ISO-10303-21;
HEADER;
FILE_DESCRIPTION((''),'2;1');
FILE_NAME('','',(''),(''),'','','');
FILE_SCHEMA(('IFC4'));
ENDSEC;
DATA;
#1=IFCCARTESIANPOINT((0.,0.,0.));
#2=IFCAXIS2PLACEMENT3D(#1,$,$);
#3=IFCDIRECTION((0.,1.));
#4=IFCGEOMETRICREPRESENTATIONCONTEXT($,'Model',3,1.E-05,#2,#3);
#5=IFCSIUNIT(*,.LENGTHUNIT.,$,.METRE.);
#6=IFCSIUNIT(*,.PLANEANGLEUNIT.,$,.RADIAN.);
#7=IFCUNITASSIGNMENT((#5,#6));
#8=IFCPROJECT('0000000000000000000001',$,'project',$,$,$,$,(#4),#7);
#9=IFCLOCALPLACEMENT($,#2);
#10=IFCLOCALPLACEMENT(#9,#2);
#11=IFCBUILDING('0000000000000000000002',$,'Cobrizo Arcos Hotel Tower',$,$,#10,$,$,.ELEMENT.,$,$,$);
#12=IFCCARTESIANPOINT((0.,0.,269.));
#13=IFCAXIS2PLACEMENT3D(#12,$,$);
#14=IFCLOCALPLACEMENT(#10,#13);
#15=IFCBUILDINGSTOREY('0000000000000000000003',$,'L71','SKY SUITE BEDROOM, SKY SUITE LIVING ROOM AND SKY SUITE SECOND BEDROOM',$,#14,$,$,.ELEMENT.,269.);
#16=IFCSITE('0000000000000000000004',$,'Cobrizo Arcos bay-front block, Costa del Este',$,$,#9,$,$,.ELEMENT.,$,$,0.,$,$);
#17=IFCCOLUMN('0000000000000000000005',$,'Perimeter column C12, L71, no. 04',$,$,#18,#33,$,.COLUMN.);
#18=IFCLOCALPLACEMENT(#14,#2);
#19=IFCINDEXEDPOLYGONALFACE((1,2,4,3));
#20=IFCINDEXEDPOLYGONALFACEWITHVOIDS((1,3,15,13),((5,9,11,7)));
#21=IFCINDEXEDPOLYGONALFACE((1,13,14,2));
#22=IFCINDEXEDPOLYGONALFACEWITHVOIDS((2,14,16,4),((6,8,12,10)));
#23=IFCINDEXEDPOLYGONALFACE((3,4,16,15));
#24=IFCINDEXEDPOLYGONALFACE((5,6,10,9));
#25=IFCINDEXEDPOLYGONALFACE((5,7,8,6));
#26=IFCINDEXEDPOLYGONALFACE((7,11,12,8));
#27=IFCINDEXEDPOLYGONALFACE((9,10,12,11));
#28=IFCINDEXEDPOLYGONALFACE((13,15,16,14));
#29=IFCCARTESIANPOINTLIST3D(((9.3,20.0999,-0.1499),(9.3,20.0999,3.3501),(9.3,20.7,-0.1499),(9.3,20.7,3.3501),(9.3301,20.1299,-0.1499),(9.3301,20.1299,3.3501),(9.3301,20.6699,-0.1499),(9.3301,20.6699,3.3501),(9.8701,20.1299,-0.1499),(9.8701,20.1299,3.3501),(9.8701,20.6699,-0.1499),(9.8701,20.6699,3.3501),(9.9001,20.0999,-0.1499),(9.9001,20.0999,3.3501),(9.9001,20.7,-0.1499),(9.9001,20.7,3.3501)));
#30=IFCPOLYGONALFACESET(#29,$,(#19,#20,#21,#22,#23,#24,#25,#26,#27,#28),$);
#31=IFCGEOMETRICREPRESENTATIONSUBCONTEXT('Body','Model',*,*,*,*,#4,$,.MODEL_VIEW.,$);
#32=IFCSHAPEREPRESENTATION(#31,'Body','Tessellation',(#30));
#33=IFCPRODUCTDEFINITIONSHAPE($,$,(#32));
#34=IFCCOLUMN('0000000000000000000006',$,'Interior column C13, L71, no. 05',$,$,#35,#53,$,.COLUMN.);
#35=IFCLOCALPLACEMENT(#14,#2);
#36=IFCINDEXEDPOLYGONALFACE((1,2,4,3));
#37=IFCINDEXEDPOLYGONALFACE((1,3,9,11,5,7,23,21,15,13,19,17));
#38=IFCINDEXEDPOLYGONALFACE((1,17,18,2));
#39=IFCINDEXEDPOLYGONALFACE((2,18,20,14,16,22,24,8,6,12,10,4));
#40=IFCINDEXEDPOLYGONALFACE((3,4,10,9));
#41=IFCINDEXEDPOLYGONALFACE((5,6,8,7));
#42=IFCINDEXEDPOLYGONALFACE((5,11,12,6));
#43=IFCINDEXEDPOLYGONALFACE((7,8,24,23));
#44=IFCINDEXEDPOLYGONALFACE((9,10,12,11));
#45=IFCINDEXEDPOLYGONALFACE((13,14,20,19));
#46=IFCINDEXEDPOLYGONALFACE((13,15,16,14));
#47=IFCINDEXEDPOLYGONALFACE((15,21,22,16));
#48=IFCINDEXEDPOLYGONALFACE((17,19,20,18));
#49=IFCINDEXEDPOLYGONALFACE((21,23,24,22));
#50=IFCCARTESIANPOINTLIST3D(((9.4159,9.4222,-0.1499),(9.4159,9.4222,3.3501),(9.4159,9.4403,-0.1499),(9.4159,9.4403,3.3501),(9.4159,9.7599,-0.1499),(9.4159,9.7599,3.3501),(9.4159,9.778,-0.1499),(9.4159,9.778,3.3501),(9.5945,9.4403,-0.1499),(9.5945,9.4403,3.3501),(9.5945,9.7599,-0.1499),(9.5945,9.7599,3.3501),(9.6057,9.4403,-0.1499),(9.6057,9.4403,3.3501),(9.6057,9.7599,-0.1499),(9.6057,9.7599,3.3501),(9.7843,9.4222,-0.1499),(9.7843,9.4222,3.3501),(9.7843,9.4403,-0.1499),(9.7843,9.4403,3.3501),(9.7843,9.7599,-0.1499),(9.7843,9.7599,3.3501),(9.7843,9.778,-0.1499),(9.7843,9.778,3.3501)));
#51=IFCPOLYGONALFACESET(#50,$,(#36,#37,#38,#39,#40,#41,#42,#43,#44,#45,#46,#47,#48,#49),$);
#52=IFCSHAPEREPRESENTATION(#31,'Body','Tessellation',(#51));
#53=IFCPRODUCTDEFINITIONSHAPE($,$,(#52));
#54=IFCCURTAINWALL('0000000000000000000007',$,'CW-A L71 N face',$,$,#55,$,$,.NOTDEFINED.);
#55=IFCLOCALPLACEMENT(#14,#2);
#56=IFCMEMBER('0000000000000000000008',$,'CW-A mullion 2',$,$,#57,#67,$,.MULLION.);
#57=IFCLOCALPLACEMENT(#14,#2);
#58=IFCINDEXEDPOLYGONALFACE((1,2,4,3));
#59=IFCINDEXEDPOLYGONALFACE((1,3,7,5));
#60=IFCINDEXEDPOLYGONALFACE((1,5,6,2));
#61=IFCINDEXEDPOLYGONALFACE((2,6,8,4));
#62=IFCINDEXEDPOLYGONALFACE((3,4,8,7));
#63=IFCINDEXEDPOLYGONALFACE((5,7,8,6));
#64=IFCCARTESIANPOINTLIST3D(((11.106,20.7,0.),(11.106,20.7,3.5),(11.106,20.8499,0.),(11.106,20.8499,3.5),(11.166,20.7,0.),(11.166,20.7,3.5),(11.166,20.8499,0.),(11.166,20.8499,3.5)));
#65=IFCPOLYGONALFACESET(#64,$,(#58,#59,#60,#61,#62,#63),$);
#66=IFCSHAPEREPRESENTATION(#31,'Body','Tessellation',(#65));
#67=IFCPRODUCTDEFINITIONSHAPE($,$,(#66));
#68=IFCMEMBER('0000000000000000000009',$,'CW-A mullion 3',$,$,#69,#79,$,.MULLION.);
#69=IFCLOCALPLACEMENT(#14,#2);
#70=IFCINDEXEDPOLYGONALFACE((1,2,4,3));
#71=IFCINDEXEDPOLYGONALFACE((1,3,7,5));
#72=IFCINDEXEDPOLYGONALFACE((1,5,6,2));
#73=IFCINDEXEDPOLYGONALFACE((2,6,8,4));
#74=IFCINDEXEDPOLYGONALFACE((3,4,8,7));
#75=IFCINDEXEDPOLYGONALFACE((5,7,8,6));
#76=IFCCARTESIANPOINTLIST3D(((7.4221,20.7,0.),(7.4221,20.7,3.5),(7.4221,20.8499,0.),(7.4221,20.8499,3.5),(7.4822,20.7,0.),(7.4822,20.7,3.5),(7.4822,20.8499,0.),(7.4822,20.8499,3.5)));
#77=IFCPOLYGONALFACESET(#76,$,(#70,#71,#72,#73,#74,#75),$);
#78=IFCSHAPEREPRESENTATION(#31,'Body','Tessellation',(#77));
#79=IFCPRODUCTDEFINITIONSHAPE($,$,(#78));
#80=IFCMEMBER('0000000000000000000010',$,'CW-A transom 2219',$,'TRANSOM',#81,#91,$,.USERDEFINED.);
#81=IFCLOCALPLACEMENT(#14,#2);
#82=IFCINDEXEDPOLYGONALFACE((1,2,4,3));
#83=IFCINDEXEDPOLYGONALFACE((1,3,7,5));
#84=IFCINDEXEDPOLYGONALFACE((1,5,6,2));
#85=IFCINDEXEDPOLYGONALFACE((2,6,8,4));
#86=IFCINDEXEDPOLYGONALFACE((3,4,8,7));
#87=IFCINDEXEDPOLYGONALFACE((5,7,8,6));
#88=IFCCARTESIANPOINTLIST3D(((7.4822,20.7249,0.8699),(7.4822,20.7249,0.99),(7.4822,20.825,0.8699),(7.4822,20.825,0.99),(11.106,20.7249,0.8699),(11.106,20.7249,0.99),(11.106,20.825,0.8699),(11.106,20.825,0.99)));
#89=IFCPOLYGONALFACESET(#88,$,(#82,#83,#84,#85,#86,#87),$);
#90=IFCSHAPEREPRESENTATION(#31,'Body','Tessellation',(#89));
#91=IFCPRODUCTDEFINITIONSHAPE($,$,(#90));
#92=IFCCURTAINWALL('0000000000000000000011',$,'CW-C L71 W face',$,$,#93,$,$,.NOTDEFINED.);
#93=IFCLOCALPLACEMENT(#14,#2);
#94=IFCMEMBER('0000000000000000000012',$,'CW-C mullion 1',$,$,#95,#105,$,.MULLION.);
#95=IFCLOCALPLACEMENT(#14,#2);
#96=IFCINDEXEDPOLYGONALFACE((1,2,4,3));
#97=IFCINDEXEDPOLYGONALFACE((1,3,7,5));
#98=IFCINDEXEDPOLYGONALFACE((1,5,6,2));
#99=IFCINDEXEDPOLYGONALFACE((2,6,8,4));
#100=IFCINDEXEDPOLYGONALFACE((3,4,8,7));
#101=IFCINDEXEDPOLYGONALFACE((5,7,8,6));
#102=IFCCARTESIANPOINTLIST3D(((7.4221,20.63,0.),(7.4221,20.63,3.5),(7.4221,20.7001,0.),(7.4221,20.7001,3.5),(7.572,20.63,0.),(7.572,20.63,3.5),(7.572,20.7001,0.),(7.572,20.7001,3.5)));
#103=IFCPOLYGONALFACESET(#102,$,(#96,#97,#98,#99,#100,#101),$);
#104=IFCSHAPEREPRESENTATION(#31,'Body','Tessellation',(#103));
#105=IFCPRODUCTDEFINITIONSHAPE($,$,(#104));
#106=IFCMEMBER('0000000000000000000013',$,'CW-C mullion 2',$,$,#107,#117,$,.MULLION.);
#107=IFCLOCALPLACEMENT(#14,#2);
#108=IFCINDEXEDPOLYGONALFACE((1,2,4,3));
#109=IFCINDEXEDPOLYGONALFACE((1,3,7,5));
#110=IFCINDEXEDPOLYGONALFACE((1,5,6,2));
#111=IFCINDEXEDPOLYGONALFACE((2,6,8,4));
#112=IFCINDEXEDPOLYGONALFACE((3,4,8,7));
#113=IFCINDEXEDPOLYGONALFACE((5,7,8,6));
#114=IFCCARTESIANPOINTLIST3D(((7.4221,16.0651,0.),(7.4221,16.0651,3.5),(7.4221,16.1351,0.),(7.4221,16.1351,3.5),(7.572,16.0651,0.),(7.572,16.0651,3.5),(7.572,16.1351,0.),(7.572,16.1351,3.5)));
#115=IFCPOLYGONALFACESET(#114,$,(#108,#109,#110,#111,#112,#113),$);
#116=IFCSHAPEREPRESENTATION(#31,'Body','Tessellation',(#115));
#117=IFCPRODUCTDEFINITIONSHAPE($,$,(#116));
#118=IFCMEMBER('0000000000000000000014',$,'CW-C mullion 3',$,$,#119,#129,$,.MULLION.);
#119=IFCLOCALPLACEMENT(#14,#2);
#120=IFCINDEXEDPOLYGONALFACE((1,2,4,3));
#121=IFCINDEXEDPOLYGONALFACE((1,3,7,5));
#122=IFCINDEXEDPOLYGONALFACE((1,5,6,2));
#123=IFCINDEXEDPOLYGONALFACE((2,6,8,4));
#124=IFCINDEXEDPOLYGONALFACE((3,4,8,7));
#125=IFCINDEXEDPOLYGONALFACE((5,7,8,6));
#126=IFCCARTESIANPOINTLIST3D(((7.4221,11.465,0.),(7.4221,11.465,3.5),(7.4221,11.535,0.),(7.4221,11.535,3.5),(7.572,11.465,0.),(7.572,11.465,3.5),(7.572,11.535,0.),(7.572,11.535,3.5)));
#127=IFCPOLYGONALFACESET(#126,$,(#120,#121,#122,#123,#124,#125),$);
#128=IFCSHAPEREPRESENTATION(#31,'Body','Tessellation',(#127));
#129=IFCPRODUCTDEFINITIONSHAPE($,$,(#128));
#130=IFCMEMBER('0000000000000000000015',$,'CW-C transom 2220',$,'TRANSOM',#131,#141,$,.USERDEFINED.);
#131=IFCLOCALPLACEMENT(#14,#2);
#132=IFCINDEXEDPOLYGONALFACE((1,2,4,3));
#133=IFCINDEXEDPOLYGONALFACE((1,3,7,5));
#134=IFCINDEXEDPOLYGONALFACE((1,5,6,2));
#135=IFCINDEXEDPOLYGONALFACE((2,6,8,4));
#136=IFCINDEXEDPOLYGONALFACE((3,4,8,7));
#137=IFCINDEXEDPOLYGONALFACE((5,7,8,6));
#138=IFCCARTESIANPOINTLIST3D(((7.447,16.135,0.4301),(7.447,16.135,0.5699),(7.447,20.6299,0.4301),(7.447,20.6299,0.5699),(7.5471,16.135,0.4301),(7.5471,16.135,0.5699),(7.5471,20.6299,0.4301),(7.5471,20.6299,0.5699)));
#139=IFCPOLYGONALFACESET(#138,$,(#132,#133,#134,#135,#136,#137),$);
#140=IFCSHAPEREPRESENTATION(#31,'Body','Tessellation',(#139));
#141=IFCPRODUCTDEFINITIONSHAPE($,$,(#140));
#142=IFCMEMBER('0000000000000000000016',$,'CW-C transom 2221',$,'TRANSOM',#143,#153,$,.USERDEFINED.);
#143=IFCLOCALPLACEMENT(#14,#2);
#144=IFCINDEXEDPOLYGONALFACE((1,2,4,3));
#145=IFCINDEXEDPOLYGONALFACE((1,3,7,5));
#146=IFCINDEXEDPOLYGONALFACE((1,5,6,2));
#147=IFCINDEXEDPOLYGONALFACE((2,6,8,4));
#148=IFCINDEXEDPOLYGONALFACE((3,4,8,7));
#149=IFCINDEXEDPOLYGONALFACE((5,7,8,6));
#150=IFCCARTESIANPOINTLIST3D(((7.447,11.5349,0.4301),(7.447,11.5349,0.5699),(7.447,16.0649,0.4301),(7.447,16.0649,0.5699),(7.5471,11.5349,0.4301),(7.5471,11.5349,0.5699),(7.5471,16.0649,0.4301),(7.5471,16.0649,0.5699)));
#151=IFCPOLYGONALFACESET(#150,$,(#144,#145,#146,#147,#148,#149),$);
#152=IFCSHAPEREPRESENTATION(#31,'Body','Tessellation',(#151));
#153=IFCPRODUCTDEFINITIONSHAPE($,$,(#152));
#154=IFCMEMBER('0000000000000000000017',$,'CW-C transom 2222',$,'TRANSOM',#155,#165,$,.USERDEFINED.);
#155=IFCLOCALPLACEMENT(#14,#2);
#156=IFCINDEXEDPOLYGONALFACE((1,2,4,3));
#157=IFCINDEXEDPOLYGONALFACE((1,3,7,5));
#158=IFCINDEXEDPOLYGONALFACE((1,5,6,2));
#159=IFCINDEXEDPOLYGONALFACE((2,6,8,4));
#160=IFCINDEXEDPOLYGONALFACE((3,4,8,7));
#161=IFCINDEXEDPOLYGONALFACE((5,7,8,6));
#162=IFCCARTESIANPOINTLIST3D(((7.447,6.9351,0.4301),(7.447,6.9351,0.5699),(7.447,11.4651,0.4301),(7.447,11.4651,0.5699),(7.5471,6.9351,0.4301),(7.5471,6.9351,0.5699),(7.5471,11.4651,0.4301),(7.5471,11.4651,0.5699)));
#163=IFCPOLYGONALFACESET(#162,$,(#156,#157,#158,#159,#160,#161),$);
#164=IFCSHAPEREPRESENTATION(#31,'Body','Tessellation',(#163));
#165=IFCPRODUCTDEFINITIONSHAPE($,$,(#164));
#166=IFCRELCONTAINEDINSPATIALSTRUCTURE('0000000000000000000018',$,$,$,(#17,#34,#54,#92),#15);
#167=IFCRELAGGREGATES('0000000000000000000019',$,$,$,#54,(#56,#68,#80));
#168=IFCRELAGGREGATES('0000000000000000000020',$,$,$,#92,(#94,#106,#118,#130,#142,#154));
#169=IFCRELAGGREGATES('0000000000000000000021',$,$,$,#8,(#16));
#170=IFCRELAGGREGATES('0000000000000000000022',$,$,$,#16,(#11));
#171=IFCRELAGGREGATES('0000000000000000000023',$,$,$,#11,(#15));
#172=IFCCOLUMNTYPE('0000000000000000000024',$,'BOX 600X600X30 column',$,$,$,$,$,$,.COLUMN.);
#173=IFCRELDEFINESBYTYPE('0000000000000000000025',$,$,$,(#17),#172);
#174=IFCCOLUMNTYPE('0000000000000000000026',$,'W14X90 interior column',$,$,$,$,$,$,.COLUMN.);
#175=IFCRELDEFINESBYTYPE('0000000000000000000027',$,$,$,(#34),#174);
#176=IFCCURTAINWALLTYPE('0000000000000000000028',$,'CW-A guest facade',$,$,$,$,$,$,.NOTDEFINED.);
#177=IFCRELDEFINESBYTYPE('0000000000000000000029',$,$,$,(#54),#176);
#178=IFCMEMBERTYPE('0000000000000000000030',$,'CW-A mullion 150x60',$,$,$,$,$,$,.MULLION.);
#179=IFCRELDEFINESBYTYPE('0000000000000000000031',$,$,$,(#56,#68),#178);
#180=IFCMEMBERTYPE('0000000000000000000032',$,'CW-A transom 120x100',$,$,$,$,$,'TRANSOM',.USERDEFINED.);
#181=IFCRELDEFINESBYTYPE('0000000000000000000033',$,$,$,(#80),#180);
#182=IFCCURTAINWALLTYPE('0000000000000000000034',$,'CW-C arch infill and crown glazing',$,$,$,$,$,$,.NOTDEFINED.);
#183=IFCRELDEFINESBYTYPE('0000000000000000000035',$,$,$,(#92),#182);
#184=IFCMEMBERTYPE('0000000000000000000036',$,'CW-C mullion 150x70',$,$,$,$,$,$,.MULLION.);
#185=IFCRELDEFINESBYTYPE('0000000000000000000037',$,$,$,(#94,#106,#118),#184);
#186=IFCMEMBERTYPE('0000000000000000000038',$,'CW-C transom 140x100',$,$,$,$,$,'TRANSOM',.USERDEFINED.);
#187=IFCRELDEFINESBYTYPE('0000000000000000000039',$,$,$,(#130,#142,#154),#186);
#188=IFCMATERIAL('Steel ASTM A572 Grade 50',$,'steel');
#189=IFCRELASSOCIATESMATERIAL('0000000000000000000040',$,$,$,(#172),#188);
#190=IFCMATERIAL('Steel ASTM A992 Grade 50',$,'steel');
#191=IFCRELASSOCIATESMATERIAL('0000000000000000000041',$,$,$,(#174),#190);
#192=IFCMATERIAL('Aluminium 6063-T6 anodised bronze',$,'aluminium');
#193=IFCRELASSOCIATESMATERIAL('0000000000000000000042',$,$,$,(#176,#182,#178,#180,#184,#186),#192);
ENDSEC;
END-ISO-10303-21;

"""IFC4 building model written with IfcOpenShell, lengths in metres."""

from ifc_helpers import new_model, si_unit, direction, frame, origin, origin_2d, place, context, subcontext, project, spatial, rectangle, hollow_rectangle, i_section, extrude, material, material_profile, profile_set, type_object, element, aggregate, save


model = new_model("IFC4")

# Units and contexts
model_context = context("Model", 3, precision=1e-05, world=origin(), true_north=direction((0.0, 1.0)))
body_context = subcontext(model_context, "Body", "Model", "MODEL_VIEW")
ifc_project = project(units=[si_unit("LENGTHUNIT", "METRE"), si_unit("PLANEANGLEUNIT", "RADIAN")], contexts=[model_context])

# Site, building, storey
site_placement = place(None, origin())
site = spatial("IfcSite", under=ifc_project, at=site_placement, Name="Cobrizo Arcos bay-front block, Costa del Este", CompositionType="ELEMENT", RefElevation=0.0)
building_placement = place(site_placement, origin())
building = spatial("IfcBuilding", under=site, at=building_placement, Name="Cobrizo Arcos Hotel Tower", CompositionType="ELEMENT")
storey_placement = place(building_placement, frame((0.0, 0.0, 269.0)))
storey = spatial("IfcBuildingStorey", under=building, at=storey_placement, Name="L71", Description="SKY SUITE BEDROOM, SKY SUITE LIVING ROOM AND SKY SUITE SECOND BEDROOM", CompositionType="ELEMENT", Elevation=269.0)

# Columns
ifc_material_1 = material(Name="Steel ASTM A572 Grade 50", Category="steel")
ifc_material_profile_1 = material_profile(ifc_material_1, hollow_rectangle(XDim=0.6001, YDim=0.6001, WallThickness=0.03, at=origin_2d()), Name="BOX 600X600X30")
ifc_profile_set_1 = profile_set([ifc_material_profile_1], Name="Steel ASTM A572 Grade 50")
column_type_1 = type_object("IfcColumnType", Name="BOX 600X600X30 column", PredefinedType="COLUMN", material=ifc_profile_set_1)
column_1_placement = place(storey_placement, frame((9.6001, 20.3999, -0.1499), z_axis=(0.0, 0.0, 1.0), x_axis=(1.0, 0.0, 0.0)))
element("IfcColumn", 1, at=column_1_placement, inside=storey, type_object=column_type_1, Name="Perimeter column C12, L71, no. 04", PredefinedType="COLUMN", context=body_context, shape_type="SweptSolid", body=[
    extrude(hollow_rectangle(XDim=0.6001, YDim=0.6001, WallThickness=0.03, at=origin_2d()), origin(), (0.0, 0.0, 1.0), 3.5),
])
ifc_material_2 = material(Name="Steel ASTM A992 Grade 50", Category="steel")
ifc_material_profile_2 = material_profile(ifc_material_2, i_section(OverallWidth=0.3684, OverallDepth=0.3557, WebThickness=0.0112, FlangeThickness=0.0181, at=origin_2d()), Name="W14X90")
ifc_profile_set_2 = profile_set([ifc_material_profile_2], Name="Steel ASTM A992 Grade 50")
column_type_2 = type_object("IfcColumnType", Name="W14X90 interior column", PredefinedType="COLUMN", material=ifc_profile_set_2)
column_2_placement = place(storey_placement, frame((9.6001, 9.6001, -0.1499), z_axis=(0.0, 0.0, 1.0), x_axis=(1.0, 0.0, 0.0)))
element("IfcColumn", 2, at=column_2_placement, inside=storey, type_object=column_type_2, Name="Interior column C13, L71, no. 05", PredefinedType="COLUMN", context=body_context, shape_type="SweptSolid", body=[
    extrude(i_section(OverallWidth=0.3684, OverallDepth=0.3557, WebThickness=0.0112, FlangeThickness=0.0181, at=origin_2d()), origin(), (0.0, 0.0, 1.0), 3.5),
])

# Curtain walls, members
ifc_material_3 = material(Name="Aluminium 6063-T6 anodised bronze", Category="aluminium")
curtain_wall_type_1 = type_object("IfcCurtainWallType", Name="CW-A guest facade", PredefinedType="NOTDEFINED", material=ifc_material_3)
curtain_wall_1_placement = place(storey_placement, origin())
curtain_wall_1 = element("IfcCurtainWall", 3, at=curtain_wall_1_placement, inside=storey, type_object=curtain_wall_type_1, Name="CW-A L71 N face", PredefinedType="NOTDEFINED")
ifc_material_profile_3 = material_profile(ifc_material_3, rectangle(XDim=0.1499, YDim=0.0601, at=origin_2d()), Name="CW-A mullion 150x60")
ifc_profile_set_3 = profile_set([ifc_material_profile_3], Name="Aluminium 6063-T6 anodised bronze")
member_type_1 = type_object("IfcMemberType", Name="CW-A mullion 150x60", PredefinedType="MULLION", material=ifc_profile_set_3)
member_1_placement = place(storey_placement, frame((11.136, 20.7749, 0.0), z_axis=(0.0, 0.0, 1.0), x_axis=(0.0, 1.0, 0.0)))
member_1 = element("IfcMember", 4, at=member_1_placement, type_object=member_type_1, Name="CW-A mullion 2", PredefinedType="MULLION", context=body_context, shape_type="SweptSolid", body=[
    extrude(rectangle(XDim=0.1499, YDim=0.0601, at=origin_2d()), origin(), (0.0, 0.0, 1.0), 3.5),
])
member_2_placement = place(storey_placement, frame((7.4521, 20.7749, 0.0), z_axis=(0.0, 0.0, 1.0), x_axis=(0.0, 1.0, 0.0)))
member_2 = element("IfcMember", 5, at=member_2_placement, type_object=member_type_1, Name="CW-A mullion 3", PredefinedType="MULLION", context=body_context, shape_type="SweptSolid", body=[
    extrude(rectangle(XDim=0.1499, YDim=0.0601, at=origin_2d()), origin(), (0.0, 0.0, 1.0), 3.5),
])
ifc_material_profile_4 = material_profile(ifc_material_3, rectangle(XDim=0.1001, YDim=0.1201, at=origin_2d()), Name="CW-A transom 120x100")
ifc_profile_set_4 = profile_set([ifc_material_profile_4], Name="Aluminium 6063-T6 anodised bronze")
member_type_2 = type_object("IfcMemberType", Name="CW-A transom 120x100", ElementType="TRANSOM", PredefinedType="USERDEFINED", material=ifc_profile_set_4)
member_3_placement = place(storey_placement, frame((11.106, 20.7749, 0.9299), z_axis=(-1.0, 0.0, 0.0), x_axis=(0.0, -1.0, 0.0)))
member_3 = element("IfcMember", 6, at=member_3_placement, type_object=member_type_2, Name="CW-A transom 2219", ObjectType="TRANSOM", PredefinedType="USERDEFINED", context=body_context, shape_type="SweptSolid", body=[
    extrude(rectangle(XDim=0.1001, YDim=0.1201, at=origin_2d()), origin(), (0.0, 0.0, 1.0), 3.6238),
])
curtain_wall_type_2 = type_object("IfcCurtainWallType", Name="CW-C arch infill and crown glazing", PredefinedType="NOTDEFINED", material=ifc_material_3)
curtain_wall_2_placement = place(storey_placement, origin())
curtain_wall_2 = element("IfcCurtainWall", 7, at=curtain_wall_2_placement, inside=storey, type_object=curtain_wall_type_2, Name="CW-C L71 W face", PredefinedType="NOTDEFINED")
ifc_material_profile_5 = material_profile(ifc_material_3, rectangle(XDim=0.1499, YDim=0.0701, at=origin_2d()), Name="CW-C mullion 150x70")
ifc_profile_set_5 = profile_set([ifc_material_profile_5], Name="Aluminium 6063-T6 anodised bronze")
member_type_3 = type_object("IfcMemberType", Name="CW-C mullion 150x70", PredefinedType="MULLION", material=ifc_profile_set_5)
member_4_placement = place(storey_placement, frame((7.4971, 20.665, 0.0), z_axis=(0.0, 0.0, 1.0), x_axis=(-1.0, 0.0, 0.0)))
member_4 = element("IfcMember", 8, at=member_4_placement, type_object=member_type_3, Name="CW-C mullion 1", PredefinedType="MULLION", context=body_context, shape_type="SweptSolid", body=[
    extrude(rectangle(XDim=0.1499, YDim=0.0701, at=origin_2d()), origin(), (0.0, 0.0, 1.0), 3.5),
])
member_5_placement = place(storey_placement, frame((7.4971, 16.1001, 0.0), z_axis=(0.0, 0.0, 1.0), x_axis=(-1.0, 0.0, 0.0)))
member_5 = element("IfcMember", 9, at=member_5_placement, type_object=member_type_3, Name="CW-C mullion 2", PredefinedType="MULLION", context=body_context, shape_type="SweptSolid", body=[
    extrude(rectangle(XDim=0.1499, YDim=0.0701, at=origin_2d()), origin(), (0.0, 0.0, 1.0), 3.5),
])
member_6_placement = place(storey_placement, frame((7.4971, 11.5, 0.0), z_axis=(0.0, 0.0, 1.0), x_axis=(-1.0, 0.0, 0.0)))
member_6 = element("IfcMember", 10, at=member_6_placement, type_object=member_type_3, Name="CW-C mullion 3", PredefinedType="MULLION", context=body_context, shape_type="SweptSolid", body=[
    extrude(rectangle(XDim=0.1499, YDim=0.0701, at=origin_2d()), origin(), (0.0, 0.0, 1.0), 3.5),
])
ifc_material_profile_6 = material_profile(ifc_material_3, rectangle(XDim=0.1001, YDim=0.1399, at=origin_2d()), Name="CW-C transom 140x100")
ifc_profile_set_6 = profile_set([ifc_material_profile_6], Name="Aluminium 6063-T6 anodised bronze")
member_type_4 = type_object("IfcMemberType", Name="CW-C transom 140x100", ElementType="TRANSOM", PredefinedType="USERDEFINED", material=ifc_profile_set_6)
member_7_placement = place(storey_placement, frame((7.4971, 20.6299, 0.5), z_axis=(0.0, -1.0, 0.0), x_axis=(1.0, 0.0, 0.0)))
member_7 = element("IfcMember", 11, at=member_7_placement, type_object=member_type_4, Name="CW-C transom 2220", ObjectType="TRANSOM", PredefinedType="USERDEFINED", context=body_context, shape_type="SweptSolid", body=[
    extrude(rectangle(XDim=0.1001, YDim=0.1399, at=origin_2d()), origin(), (0.0, 0.0, 1.0), 4.4949),
])
member_8_placement = place(storey_placement, frame((7.4971, 16.0649, 0.5), z_axis=(0.0, -1.0, 0.0), x_axis=(1.0, 0.0, 0.0)))
member_8 = element("IfcMember", 12, at=member_8_placement, type_object=member_type_4, Name="CW-C transom 2221", ObjectType="TRANSOM", PredefinedType="USERDEFINED", context=body_context, shape_type="SweptSolid", body=[
    extrude(rectangle(XDim=0.1001, YDim=0.1399, at=origin_2d()), origin(), (0.0, 0.0, 1.0), 4.53),
])
member_9_placement = place(storey_placement, frame((7.4971, 11.4651, 0.5), z_axis=(0.0, -1.0, 0.0), x_axis=(1.0, 0.0, 0.0)))
member_9 = element("IfcMember", 13, at=member_9_placement, type_object=member_type_4, Name="CW-C transom 2222", ObjectType="TRANSOM", PredefinedType="USERDEFINED", context=body_context, shape_type="SweptSolid", body=[
    extrude(rectangle(XDim=0.1001, YDim=0.1399, at=origin_2d()), origin(), (0.0, 0.0, 1.0), 4.53),
])

aggregate(curtain_wall_1, [member_1, member_2, member_3])
aggregate(curtain_wall_2, [member_4, member_5, member_6, member_7, member_8, member_9])

save(model, "model.ifc")
